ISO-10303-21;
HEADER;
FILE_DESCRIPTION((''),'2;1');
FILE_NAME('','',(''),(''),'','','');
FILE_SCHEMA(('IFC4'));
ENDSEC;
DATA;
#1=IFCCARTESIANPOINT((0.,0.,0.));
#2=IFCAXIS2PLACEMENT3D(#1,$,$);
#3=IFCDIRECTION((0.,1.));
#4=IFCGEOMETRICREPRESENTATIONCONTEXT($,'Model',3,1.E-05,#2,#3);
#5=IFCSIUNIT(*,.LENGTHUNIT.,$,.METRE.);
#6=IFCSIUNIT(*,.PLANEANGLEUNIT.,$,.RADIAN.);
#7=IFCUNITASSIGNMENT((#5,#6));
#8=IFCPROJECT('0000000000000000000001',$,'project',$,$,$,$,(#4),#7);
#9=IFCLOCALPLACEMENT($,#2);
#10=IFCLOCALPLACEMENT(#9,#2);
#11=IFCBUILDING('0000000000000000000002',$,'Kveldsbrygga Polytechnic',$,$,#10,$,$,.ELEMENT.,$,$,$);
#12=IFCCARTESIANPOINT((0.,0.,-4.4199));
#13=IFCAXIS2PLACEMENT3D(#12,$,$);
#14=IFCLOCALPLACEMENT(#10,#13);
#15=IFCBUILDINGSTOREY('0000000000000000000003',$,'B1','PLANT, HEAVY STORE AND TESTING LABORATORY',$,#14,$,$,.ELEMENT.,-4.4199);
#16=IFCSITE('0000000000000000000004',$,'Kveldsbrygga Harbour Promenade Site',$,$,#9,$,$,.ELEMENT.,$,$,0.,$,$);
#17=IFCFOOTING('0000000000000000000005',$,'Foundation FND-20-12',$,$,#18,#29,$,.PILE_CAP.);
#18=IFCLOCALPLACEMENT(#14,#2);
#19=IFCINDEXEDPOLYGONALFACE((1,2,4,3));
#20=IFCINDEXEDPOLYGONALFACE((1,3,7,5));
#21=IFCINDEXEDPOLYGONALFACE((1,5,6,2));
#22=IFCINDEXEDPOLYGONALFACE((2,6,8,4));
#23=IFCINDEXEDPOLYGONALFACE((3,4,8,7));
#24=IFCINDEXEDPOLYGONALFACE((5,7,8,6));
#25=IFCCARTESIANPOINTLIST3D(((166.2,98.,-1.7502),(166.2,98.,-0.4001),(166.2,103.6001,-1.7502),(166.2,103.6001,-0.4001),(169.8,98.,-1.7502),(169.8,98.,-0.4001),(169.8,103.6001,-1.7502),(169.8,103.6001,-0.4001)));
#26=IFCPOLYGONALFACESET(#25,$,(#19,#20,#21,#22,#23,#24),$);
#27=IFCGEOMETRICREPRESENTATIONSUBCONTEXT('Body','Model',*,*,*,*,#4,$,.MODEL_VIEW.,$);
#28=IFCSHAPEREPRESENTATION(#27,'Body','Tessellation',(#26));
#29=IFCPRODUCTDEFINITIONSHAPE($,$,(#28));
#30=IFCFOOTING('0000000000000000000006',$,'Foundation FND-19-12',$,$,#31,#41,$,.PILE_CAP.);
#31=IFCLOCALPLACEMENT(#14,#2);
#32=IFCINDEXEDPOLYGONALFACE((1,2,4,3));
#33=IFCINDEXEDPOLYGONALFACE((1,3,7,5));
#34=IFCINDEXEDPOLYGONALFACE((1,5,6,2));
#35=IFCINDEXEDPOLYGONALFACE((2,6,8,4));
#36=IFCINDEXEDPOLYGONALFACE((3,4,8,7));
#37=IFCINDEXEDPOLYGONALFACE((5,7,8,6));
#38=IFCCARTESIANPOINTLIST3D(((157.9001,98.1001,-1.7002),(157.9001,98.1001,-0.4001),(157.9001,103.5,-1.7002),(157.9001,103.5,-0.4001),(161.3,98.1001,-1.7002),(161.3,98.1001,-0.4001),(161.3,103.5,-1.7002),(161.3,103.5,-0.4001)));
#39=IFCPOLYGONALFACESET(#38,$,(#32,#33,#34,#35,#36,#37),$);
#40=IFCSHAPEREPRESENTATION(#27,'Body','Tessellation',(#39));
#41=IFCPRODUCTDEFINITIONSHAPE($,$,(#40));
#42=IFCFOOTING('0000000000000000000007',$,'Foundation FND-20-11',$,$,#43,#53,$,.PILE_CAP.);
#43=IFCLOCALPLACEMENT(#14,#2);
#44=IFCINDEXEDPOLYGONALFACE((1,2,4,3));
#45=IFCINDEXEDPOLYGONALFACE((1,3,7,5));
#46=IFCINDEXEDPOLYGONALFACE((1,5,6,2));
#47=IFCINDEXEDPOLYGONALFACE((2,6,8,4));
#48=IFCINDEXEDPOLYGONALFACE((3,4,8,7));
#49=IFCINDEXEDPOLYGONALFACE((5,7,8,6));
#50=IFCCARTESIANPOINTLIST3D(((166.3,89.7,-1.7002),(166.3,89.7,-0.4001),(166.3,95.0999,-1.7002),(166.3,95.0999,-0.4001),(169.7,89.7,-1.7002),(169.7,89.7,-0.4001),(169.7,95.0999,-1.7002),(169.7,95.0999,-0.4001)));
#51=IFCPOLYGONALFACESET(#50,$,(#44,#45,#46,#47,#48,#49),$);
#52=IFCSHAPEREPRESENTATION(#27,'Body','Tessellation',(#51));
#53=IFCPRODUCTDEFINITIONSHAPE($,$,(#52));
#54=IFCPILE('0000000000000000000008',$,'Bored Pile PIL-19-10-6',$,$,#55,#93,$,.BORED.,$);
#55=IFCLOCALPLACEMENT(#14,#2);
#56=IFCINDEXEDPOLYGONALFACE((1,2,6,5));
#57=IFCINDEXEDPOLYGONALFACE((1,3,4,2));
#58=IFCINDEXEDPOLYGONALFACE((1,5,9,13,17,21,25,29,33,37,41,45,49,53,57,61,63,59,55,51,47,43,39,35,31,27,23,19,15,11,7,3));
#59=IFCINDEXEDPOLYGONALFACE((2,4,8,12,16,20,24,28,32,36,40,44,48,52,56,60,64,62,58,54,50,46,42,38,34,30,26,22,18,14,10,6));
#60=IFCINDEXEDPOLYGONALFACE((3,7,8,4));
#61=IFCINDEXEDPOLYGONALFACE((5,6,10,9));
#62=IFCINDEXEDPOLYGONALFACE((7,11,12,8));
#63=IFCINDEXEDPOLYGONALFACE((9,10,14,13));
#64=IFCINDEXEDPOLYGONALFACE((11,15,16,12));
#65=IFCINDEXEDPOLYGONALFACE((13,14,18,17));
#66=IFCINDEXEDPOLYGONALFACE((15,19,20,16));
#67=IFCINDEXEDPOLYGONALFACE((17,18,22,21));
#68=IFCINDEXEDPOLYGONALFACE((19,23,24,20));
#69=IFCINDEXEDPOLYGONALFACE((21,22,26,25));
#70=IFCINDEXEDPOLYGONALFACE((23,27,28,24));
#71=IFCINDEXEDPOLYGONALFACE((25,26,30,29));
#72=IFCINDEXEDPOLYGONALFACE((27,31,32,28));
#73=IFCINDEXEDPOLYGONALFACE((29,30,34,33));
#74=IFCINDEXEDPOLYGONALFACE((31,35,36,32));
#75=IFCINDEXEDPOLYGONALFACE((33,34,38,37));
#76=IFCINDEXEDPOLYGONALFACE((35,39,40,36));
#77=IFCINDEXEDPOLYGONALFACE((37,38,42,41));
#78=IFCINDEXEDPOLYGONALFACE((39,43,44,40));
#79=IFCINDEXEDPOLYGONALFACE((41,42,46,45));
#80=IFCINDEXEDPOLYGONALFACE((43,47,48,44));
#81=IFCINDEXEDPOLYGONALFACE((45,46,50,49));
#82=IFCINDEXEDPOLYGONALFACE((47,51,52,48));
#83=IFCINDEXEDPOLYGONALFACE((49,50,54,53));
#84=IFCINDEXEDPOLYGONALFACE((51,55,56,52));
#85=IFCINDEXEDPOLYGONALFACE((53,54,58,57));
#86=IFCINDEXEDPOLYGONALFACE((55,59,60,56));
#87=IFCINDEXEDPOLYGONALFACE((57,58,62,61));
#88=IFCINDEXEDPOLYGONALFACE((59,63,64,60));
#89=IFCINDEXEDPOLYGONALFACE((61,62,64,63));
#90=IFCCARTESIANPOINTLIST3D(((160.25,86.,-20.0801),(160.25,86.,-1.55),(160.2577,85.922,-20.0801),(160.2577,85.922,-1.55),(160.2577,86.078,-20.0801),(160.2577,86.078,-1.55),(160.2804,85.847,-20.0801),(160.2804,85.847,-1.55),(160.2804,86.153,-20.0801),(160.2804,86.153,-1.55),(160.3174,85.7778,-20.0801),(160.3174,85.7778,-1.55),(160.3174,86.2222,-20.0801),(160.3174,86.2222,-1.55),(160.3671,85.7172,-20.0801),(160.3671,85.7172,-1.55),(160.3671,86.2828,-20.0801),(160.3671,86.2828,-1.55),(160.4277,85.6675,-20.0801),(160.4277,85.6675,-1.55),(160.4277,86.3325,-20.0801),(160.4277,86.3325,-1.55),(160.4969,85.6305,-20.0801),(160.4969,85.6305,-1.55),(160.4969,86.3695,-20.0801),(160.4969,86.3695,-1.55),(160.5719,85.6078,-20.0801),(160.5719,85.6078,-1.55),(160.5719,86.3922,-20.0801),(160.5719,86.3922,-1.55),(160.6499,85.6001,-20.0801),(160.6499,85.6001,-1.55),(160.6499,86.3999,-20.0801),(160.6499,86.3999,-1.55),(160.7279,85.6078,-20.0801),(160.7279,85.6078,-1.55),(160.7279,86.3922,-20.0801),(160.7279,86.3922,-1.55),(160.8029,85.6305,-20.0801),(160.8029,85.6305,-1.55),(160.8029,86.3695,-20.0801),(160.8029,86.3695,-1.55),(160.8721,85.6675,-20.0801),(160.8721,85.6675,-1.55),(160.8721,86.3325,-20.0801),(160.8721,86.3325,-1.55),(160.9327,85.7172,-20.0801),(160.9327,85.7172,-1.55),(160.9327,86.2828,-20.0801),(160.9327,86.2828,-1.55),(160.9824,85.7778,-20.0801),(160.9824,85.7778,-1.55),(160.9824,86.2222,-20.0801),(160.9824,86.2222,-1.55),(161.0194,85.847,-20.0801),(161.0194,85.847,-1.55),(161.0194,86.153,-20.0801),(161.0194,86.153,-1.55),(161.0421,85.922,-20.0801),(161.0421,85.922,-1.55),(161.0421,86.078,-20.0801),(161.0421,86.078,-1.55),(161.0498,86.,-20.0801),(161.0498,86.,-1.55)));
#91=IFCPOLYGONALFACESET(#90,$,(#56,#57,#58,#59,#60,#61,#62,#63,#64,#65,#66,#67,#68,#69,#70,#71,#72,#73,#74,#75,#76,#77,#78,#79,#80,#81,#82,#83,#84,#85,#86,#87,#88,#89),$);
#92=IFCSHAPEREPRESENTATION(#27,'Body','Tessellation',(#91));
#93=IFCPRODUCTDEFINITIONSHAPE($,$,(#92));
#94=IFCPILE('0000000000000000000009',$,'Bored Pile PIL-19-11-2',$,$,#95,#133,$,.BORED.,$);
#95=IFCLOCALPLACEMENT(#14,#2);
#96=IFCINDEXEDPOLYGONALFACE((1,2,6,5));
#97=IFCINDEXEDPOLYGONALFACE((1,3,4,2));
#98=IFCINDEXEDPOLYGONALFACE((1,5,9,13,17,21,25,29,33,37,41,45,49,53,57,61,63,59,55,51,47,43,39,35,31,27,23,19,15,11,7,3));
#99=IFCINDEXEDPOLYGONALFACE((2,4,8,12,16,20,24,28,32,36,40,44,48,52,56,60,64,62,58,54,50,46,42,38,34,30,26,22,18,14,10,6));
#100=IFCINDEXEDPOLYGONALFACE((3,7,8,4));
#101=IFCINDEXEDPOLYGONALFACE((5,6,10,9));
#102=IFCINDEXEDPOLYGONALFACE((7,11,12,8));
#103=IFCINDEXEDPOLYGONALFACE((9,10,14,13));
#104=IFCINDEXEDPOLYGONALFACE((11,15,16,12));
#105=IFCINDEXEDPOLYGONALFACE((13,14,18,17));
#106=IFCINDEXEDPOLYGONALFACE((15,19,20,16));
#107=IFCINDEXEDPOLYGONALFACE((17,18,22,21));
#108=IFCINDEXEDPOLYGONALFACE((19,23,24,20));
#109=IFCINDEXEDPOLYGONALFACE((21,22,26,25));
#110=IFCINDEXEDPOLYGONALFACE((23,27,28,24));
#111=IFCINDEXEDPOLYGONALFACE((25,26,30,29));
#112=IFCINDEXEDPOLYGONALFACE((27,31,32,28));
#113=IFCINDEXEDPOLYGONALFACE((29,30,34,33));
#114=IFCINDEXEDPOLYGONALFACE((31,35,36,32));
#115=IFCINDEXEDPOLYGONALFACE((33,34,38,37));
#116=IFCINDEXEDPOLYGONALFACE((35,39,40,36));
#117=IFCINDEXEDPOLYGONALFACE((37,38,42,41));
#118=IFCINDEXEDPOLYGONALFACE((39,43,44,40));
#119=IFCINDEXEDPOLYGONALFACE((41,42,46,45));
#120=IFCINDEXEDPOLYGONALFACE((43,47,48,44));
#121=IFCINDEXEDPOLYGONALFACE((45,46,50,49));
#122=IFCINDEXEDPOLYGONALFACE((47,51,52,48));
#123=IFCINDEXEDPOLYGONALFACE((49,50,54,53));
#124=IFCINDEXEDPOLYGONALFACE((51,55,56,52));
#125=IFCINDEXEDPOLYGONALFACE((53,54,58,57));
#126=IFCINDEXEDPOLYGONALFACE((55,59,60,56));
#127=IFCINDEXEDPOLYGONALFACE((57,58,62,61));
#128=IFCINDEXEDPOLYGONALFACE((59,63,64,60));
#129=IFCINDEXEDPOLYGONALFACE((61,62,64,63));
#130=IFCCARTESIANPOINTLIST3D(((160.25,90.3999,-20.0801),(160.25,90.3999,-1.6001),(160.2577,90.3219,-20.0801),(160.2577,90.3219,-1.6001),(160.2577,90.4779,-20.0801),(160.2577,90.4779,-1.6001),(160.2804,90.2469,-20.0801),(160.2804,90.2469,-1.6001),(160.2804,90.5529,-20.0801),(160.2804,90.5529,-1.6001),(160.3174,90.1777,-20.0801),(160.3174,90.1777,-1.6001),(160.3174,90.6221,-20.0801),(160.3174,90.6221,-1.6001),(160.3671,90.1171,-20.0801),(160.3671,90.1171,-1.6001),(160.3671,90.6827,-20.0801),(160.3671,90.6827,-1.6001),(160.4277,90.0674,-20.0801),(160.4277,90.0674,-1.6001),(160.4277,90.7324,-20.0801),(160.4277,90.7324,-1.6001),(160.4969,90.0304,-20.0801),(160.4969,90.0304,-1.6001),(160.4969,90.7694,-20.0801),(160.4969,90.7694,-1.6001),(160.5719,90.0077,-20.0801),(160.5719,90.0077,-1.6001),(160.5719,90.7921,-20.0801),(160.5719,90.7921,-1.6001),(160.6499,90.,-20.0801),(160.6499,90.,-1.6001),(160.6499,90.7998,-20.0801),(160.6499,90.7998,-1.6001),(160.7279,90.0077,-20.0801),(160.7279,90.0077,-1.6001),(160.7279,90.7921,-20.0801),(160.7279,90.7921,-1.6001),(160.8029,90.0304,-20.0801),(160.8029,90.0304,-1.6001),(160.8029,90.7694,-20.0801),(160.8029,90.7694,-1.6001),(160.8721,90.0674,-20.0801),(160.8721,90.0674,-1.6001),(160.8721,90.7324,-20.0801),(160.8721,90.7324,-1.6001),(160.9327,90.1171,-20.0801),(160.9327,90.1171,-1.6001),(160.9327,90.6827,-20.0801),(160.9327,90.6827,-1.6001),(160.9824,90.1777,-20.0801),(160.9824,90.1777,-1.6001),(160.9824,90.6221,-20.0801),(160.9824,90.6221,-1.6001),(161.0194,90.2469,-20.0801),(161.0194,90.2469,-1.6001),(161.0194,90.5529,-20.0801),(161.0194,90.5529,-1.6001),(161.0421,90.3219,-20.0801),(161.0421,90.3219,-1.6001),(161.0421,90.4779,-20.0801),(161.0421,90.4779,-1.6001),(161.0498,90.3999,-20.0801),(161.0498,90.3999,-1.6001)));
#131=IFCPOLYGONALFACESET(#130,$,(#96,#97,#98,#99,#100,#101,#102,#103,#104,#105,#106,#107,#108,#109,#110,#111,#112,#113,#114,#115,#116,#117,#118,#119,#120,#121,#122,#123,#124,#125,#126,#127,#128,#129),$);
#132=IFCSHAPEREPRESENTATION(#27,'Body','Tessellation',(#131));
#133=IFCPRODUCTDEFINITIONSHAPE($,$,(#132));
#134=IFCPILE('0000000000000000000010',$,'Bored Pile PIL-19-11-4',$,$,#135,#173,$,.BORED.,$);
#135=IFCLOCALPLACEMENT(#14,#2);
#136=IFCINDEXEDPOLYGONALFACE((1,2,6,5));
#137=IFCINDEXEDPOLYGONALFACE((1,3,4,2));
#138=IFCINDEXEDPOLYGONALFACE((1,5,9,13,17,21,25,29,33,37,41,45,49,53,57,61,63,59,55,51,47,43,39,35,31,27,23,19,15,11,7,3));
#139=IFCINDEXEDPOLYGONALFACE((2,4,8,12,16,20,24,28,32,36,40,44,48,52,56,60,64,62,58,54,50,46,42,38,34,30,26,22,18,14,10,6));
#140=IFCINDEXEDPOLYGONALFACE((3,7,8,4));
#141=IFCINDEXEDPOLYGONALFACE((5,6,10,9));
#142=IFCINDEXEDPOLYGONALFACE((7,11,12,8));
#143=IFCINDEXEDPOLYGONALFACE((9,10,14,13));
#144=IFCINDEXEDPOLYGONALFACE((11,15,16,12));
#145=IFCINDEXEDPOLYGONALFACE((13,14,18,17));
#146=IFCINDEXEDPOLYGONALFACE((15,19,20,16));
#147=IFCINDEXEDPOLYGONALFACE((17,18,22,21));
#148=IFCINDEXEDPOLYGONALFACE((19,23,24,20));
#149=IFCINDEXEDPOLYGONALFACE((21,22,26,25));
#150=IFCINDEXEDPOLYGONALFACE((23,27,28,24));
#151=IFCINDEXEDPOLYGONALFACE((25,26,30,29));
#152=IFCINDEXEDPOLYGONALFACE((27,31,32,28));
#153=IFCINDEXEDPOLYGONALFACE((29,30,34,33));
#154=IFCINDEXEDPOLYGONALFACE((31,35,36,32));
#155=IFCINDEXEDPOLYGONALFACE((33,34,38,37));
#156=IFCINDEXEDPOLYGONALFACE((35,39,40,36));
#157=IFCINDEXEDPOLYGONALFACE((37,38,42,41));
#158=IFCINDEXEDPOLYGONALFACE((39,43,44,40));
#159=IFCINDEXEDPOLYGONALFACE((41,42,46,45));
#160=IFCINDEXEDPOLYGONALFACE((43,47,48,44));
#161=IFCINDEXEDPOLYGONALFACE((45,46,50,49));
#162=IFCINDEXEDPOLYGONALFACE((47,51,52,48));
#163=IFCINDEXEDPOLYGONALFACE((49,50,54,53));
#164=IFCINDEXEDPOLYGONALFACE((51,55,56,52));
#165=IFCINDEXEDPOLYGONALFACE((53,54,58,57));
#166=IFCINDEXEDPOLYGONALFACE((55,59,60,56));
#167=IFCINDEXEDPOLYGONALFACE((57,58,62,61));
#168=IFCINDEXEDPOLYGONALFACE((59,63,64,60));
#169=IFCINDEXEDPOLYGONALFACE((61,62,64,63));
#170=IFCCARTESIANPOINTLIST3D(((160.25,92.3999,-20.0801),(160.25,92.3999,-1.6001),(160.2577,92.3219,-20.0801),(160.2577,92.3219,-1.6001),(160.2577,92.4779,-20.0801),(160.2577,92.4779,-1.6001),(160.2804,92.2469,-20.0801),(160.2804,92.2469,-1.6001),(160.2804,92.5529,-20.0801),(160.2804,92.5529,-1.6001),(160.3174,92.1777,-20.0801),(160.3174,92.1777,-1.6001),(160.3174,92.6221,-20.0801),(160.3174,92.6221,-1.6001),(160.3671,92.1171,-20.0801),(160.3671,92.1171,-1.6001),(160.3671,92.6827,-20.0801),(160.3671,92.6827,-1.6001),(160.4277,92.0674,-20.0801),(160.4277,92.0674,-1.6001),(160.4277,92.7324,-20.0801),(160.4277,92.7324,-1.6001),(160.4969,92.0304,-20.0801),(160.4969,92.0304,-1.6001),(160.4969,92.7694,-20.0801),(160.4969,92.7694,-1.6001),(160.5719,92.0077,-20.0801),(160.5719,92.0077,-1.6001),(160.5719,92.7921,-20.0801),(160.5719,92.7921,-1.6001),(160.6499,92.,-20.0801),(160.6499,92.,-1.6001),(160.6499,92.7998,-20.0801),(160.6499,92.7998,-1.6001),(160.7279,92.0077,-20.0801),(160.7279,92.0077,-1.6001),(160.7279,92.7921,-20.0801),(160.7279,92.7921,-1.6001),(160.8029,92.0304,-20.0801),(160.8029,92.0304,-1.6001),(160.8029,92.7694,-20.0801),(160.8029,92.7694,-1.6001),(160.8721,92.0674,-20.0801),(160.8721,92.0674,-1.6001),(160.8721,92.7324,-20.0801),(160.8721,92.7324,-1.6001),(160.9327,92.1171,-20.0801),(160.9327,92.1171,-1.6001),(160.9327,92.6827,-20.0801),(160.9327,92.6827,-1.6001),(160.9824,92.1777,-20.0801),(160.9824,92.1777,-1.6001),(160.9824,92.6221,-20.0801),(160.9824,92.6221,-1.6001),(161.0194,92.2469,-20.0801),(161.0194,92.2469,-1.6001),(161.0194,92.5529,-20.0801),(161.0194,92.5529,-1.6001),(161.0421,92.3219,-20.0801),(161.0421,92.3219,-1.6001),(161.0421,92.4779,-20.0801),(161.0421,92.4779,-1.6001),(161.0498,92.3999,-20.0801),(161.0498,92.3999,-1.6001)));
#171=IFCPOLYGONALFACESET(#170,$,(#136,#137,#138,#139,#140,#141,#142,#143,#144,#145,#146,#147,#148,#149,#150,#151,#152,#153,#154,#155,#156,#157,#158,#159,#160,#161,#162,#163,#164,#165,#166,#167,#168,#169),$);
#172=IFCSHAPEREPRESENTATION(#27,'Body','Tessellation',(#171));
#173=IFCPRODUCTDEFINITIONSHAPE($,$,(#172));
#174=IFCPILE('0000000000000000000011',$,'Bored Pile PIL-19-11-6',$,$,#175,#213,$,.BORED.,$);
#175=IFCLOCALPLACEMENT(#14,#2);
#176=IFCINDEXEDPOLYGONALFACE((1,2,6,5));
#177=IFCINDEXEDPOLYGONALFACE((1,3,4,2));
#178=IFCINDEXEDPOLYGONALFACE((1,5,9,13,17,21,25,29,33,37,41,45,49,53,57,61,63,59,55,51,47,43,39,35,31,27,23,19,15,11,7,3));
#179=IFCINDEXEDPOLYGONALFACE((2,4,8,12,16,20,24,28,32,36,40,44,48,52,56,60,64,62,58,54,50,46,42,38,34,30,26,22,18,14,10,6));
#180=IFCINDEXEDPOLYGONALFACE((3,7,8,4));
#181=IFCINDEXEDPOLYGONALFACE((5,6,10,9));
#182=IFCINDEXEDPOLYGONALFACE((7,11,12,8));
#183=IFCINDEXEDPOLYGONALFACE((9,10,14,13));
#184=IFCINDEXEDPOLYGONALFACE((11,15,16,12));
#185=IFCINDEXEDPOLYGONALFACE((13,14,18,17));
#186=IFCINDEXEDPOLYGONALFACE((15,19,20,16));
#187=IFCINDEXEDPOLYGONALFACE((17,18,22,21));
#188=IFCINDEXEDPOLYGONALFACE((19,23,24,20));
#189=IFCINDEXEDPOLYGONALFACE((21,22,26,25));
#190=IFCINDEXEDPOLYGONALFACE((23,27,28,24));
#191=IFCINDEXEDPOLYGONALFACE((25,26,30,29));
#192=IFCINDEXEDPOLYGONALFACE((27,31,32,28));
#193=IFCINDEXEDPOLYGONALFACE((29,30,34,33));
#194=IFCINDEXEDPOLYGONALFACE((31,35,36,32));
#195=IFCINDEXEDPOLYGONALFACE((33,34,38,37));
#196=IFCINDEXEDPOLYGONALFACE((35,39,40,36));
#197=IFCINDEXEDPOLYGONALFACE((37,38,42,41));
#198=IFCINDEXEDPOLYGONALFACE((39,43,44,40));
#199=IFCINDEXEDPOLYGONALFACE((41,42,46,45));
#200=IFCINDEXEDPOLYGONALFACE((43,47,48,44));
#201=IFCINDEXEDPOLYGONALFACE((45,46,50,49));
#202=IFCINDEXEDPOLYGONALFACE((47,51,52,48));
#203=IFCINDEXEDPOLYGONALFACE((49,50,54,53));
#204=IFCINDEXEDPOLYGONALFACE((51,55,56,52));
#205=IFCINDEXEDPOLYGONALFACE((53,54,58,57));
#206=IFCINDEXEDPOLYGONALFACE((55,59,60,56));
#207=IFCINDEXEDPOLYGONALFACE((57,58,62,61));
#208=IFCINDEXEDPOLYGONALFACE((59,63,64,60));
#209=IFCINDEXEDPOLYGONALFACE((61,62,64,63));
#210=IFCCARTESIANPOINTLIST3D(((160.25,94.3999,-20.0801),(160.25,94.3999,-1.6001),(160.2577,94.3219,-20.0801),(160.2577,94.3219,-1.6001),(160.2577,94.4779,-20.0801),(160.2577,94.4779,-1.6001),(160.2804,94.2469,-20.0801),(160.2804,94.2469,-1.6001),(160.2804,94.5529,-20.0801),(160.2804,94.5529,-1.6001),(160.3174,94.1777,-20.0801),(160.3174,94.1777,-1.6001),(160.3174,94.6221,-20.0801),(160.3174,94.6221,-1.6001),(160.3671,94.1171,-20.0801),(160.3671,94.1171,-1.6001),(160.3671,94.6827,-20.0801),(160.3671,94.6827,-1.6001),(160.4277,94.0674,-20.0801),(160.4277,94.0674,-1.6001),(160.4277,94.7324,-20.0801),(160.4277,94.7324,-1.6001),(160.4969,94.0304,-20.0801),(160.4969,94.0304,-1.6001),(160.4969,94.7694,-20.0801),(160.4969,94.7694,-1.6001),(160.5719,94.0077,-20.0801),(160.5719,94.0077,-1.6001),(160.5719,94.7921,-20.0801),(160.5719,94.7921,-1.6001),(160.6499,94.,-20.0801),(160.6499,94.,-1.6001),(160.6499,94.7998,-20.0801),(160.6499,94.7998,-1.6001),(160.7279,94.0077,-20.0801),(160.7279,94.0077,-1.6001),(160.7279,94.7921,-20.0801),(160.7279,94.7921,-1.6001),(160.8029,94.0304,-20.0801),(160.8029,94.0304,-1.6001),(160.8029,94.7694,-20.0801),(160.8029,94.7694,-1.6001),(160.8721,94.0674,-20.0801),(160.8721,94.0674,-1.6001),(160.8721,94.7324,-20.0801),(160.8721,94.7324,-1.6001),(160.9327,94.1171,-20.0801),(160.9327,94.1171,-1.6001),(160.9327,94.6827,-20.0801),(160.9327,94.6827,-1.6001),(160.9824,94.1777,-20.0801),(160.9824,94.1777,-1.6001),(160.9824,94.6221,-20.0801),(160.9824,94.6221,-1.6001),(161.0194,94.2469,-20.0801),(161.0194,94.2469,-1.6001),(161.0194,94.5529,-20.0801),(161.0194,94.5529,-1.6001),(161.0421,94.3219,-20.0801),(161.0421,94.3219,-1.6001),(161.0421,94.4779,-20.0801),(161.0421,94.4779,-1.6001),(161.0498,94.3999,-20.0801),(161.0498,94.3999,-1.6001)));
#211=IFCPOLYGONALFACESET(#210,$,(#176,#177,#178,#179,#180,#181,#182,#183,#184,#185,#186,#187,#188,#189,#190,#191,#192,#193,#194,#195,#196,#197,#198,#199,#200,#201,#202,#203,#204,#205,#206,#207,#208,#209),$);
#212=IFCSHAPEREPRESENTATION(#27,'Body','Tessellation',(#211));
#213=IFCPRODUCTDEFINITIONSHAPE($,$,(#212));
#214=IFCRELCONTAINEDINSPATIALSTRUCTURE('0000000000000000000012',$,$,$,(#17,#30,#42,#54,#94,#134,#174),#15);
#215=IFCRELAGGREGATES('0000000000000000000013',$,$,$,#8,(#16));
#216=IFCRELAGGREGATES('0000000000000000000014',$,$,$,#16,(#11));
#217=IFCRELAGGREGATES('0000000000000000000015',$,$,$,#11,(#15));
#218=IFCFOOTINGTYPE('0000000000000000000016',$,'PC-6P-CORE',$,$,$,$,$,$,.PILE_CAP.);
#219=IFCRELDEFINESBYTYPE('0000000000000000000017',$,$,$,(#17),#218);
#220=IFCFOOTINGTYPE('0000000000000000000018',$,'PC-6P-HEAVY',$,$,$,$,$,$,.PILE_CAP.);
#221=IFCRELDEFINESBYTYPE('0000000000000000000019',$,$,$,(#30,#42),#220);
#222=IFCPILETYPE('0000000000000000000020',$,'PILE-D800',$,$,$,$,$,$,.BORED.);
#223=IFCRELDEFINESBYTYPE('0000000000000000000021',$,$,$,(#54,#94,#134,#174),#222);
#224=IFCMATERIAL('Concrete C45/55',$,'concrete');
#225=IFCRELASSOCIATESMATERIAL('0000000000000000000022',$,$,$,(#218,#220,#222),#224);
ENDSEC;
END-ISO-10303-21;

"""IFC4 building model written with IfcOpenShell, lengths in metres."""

from ifc_helpers import new_model, si_unit, direction, frame, origin, origin_2d, place, context, subcontext, project, spatial, rectangle, circle, extrude, material, material_profile, profile_set, type_object, element, save


model = new_model("IFC4")

# Units and contexts
model_context = context("Model", 3, precision=1e-05, world=origin(), true_north=direction((0.0, 1.0)))
body_context = subcontext(model_context, "Body", "Model", "MODEL_VIEW")
ifc_project = project(units=[si_unit("LENGTHUNIT", "METRE"), si_unit("PLANEANGLEUNIT", "RADIAN")], contexts=[model_context])

# Site, building, storey
site_placement = place(None, origin())
site = spatial("IfcSite", under=ifc_project, at=site_placement, Name="Kveldsbrygga Harbour Promenade Site", CompositionType="ELEMENT", RefElevation=0.0)
building_placement = place(site_placement, origin())
building = spatial("IfcBuilding", under=site, at=building_placement, Name="Kveldsbrygga Polytechnic", CompositionType="ELEMENT")
storey_placement = place(building_placement, frame((0.0, 0.0, -4.4199)))
storey = spatial("IfcBuildingStorey", under=building, at=storey_placement, Name="B1", Description="PLANT, HEAVY STORE AND TESTING LABORATORY", CompositionType="ELEMENT", Elevation=-4.4199)

# Footings
ifc_material_1 = material(Name="Concrete C45/55", Category="concrete")
footing_type_1 = type_object("IfcFootingType", Name="PC-6P-CORE", PredefinedType="PILE_CAP", material=ifc_material_1)
footing_placement = place(storey_placement, frame((168.0, 100.8, -1.7502), z_axis=(0.0, 0.0, 1.0), x_axis=(1.0, 0.0, 0.0)))
element("IfcFooting", 1, at=footing_placement, inside=storey, type_object=footing_type_1, Name="Foundation FND-20-12", PredefinedType="PILE_CAP", context=body_context, shape_type="SweptSolid", body=[
    extrude(rectangle(XDim=3.6001, YDim=5.6001, at=origin_2d()), origin(), (0.0, 0.0, 1.0), 1.3501),
])
footing_type_2 = type_object("IfcFootingType", Name="PC-6P-HEAVY", PredefinedType="PILE_CAP", material=ifc_material_1)
for number, where, z_axis, x_axis, name in (
    (2, (159.6001, 100.8, -1.7002), (0.0, 0.0, 1.0), (1.0, 0.0, 0.0), "Foundation FND-19-12"),
    (3, (168.0, 92.3999, -1.7002), (0.0, 0.0, 1.0), (1.0, 0.0, 0.0), "Foundation FND-20-11"),
):
    element("IfcFooting", number, at=place(storey_placement, frame(where, z_axis=z_axis, x_axis=x_axis)), inside=storey, type_object=footing_type_2, Name=name, PredefinedType="PILE_CAP", context=body_context, shape_type="SweptSolid", body=[
        extrude(rectangle(XDim=3.3999, YDim=5.3999, at=origin_2d()), origin(), (0.0, 0.0, 1.0), 1.3),
    ])

# Piles
ifc_material_profile_1 = material_profile(ifc_material_1, circle(Radius=0.3999, at=origin_2d()), Name="PILE D800")
ifc_profile_set_1 = profile_set([ifc_material_profile_1], Name="Concrete C45/55")
pile_type = type_object("IfcPileType", Name="PILE-D800", PredefinedType="BORED", material=ifc_profile_set_1)
pile_placement = place(storey_placement, frame((160.6499, 86.0, -1.55), z_axis=(0.0, 0.0, -1.0), x_axis=(1.0, 0.0, 0.0)))
element("IfcPile", 4, at=pile_placement, inside=storey, type_object=pile_type, Name="Bored Pile PIL-19-10-6", PredefinedType="BORED", context=body_context, shape_type="SweptSolid", body=[
    extrude(circle(Radius=0.3999, at=origin_2d()), origin(), (0.0, 0.0, 1.0), 18.53),
])
for number, where, z_axis, x_axis, name in (
    (5, (160.6499, 90.3999, -1.6001), (0.0, 0.0, -1.0), (1.0, 0.0, 0.0), "Bored Pile PIL-19-11-2"),
    (6, (160.6499, 92.3999, -1.6001), (0.0, 0.0, -1.0), (1.0, 0.0, 0.0), "Bored Pile PIL-19-11-4"),
    (7, (160.6499, 94.3999, -1.6001), (0.0, 0.0, -1.0), (1.0, 0.0, 0.0), "Bored Pile PIL-19-11-6"),
):
    element("IfcPile", number, at=place(storey_placement, frame(where, z_axis=z_axis, x_axis=x_axis)), inside=storey, type_object=pile_type, Name=name, PredefinedType="BORED", context=body_context, shape_type="SweptSolid", body=[
        extrude(circle(Radius=0.3999, at=origin_2d()), origin(), (0.0, 0.0, 1.0), 18.48),
    ])

save(model, "model.ifc")
